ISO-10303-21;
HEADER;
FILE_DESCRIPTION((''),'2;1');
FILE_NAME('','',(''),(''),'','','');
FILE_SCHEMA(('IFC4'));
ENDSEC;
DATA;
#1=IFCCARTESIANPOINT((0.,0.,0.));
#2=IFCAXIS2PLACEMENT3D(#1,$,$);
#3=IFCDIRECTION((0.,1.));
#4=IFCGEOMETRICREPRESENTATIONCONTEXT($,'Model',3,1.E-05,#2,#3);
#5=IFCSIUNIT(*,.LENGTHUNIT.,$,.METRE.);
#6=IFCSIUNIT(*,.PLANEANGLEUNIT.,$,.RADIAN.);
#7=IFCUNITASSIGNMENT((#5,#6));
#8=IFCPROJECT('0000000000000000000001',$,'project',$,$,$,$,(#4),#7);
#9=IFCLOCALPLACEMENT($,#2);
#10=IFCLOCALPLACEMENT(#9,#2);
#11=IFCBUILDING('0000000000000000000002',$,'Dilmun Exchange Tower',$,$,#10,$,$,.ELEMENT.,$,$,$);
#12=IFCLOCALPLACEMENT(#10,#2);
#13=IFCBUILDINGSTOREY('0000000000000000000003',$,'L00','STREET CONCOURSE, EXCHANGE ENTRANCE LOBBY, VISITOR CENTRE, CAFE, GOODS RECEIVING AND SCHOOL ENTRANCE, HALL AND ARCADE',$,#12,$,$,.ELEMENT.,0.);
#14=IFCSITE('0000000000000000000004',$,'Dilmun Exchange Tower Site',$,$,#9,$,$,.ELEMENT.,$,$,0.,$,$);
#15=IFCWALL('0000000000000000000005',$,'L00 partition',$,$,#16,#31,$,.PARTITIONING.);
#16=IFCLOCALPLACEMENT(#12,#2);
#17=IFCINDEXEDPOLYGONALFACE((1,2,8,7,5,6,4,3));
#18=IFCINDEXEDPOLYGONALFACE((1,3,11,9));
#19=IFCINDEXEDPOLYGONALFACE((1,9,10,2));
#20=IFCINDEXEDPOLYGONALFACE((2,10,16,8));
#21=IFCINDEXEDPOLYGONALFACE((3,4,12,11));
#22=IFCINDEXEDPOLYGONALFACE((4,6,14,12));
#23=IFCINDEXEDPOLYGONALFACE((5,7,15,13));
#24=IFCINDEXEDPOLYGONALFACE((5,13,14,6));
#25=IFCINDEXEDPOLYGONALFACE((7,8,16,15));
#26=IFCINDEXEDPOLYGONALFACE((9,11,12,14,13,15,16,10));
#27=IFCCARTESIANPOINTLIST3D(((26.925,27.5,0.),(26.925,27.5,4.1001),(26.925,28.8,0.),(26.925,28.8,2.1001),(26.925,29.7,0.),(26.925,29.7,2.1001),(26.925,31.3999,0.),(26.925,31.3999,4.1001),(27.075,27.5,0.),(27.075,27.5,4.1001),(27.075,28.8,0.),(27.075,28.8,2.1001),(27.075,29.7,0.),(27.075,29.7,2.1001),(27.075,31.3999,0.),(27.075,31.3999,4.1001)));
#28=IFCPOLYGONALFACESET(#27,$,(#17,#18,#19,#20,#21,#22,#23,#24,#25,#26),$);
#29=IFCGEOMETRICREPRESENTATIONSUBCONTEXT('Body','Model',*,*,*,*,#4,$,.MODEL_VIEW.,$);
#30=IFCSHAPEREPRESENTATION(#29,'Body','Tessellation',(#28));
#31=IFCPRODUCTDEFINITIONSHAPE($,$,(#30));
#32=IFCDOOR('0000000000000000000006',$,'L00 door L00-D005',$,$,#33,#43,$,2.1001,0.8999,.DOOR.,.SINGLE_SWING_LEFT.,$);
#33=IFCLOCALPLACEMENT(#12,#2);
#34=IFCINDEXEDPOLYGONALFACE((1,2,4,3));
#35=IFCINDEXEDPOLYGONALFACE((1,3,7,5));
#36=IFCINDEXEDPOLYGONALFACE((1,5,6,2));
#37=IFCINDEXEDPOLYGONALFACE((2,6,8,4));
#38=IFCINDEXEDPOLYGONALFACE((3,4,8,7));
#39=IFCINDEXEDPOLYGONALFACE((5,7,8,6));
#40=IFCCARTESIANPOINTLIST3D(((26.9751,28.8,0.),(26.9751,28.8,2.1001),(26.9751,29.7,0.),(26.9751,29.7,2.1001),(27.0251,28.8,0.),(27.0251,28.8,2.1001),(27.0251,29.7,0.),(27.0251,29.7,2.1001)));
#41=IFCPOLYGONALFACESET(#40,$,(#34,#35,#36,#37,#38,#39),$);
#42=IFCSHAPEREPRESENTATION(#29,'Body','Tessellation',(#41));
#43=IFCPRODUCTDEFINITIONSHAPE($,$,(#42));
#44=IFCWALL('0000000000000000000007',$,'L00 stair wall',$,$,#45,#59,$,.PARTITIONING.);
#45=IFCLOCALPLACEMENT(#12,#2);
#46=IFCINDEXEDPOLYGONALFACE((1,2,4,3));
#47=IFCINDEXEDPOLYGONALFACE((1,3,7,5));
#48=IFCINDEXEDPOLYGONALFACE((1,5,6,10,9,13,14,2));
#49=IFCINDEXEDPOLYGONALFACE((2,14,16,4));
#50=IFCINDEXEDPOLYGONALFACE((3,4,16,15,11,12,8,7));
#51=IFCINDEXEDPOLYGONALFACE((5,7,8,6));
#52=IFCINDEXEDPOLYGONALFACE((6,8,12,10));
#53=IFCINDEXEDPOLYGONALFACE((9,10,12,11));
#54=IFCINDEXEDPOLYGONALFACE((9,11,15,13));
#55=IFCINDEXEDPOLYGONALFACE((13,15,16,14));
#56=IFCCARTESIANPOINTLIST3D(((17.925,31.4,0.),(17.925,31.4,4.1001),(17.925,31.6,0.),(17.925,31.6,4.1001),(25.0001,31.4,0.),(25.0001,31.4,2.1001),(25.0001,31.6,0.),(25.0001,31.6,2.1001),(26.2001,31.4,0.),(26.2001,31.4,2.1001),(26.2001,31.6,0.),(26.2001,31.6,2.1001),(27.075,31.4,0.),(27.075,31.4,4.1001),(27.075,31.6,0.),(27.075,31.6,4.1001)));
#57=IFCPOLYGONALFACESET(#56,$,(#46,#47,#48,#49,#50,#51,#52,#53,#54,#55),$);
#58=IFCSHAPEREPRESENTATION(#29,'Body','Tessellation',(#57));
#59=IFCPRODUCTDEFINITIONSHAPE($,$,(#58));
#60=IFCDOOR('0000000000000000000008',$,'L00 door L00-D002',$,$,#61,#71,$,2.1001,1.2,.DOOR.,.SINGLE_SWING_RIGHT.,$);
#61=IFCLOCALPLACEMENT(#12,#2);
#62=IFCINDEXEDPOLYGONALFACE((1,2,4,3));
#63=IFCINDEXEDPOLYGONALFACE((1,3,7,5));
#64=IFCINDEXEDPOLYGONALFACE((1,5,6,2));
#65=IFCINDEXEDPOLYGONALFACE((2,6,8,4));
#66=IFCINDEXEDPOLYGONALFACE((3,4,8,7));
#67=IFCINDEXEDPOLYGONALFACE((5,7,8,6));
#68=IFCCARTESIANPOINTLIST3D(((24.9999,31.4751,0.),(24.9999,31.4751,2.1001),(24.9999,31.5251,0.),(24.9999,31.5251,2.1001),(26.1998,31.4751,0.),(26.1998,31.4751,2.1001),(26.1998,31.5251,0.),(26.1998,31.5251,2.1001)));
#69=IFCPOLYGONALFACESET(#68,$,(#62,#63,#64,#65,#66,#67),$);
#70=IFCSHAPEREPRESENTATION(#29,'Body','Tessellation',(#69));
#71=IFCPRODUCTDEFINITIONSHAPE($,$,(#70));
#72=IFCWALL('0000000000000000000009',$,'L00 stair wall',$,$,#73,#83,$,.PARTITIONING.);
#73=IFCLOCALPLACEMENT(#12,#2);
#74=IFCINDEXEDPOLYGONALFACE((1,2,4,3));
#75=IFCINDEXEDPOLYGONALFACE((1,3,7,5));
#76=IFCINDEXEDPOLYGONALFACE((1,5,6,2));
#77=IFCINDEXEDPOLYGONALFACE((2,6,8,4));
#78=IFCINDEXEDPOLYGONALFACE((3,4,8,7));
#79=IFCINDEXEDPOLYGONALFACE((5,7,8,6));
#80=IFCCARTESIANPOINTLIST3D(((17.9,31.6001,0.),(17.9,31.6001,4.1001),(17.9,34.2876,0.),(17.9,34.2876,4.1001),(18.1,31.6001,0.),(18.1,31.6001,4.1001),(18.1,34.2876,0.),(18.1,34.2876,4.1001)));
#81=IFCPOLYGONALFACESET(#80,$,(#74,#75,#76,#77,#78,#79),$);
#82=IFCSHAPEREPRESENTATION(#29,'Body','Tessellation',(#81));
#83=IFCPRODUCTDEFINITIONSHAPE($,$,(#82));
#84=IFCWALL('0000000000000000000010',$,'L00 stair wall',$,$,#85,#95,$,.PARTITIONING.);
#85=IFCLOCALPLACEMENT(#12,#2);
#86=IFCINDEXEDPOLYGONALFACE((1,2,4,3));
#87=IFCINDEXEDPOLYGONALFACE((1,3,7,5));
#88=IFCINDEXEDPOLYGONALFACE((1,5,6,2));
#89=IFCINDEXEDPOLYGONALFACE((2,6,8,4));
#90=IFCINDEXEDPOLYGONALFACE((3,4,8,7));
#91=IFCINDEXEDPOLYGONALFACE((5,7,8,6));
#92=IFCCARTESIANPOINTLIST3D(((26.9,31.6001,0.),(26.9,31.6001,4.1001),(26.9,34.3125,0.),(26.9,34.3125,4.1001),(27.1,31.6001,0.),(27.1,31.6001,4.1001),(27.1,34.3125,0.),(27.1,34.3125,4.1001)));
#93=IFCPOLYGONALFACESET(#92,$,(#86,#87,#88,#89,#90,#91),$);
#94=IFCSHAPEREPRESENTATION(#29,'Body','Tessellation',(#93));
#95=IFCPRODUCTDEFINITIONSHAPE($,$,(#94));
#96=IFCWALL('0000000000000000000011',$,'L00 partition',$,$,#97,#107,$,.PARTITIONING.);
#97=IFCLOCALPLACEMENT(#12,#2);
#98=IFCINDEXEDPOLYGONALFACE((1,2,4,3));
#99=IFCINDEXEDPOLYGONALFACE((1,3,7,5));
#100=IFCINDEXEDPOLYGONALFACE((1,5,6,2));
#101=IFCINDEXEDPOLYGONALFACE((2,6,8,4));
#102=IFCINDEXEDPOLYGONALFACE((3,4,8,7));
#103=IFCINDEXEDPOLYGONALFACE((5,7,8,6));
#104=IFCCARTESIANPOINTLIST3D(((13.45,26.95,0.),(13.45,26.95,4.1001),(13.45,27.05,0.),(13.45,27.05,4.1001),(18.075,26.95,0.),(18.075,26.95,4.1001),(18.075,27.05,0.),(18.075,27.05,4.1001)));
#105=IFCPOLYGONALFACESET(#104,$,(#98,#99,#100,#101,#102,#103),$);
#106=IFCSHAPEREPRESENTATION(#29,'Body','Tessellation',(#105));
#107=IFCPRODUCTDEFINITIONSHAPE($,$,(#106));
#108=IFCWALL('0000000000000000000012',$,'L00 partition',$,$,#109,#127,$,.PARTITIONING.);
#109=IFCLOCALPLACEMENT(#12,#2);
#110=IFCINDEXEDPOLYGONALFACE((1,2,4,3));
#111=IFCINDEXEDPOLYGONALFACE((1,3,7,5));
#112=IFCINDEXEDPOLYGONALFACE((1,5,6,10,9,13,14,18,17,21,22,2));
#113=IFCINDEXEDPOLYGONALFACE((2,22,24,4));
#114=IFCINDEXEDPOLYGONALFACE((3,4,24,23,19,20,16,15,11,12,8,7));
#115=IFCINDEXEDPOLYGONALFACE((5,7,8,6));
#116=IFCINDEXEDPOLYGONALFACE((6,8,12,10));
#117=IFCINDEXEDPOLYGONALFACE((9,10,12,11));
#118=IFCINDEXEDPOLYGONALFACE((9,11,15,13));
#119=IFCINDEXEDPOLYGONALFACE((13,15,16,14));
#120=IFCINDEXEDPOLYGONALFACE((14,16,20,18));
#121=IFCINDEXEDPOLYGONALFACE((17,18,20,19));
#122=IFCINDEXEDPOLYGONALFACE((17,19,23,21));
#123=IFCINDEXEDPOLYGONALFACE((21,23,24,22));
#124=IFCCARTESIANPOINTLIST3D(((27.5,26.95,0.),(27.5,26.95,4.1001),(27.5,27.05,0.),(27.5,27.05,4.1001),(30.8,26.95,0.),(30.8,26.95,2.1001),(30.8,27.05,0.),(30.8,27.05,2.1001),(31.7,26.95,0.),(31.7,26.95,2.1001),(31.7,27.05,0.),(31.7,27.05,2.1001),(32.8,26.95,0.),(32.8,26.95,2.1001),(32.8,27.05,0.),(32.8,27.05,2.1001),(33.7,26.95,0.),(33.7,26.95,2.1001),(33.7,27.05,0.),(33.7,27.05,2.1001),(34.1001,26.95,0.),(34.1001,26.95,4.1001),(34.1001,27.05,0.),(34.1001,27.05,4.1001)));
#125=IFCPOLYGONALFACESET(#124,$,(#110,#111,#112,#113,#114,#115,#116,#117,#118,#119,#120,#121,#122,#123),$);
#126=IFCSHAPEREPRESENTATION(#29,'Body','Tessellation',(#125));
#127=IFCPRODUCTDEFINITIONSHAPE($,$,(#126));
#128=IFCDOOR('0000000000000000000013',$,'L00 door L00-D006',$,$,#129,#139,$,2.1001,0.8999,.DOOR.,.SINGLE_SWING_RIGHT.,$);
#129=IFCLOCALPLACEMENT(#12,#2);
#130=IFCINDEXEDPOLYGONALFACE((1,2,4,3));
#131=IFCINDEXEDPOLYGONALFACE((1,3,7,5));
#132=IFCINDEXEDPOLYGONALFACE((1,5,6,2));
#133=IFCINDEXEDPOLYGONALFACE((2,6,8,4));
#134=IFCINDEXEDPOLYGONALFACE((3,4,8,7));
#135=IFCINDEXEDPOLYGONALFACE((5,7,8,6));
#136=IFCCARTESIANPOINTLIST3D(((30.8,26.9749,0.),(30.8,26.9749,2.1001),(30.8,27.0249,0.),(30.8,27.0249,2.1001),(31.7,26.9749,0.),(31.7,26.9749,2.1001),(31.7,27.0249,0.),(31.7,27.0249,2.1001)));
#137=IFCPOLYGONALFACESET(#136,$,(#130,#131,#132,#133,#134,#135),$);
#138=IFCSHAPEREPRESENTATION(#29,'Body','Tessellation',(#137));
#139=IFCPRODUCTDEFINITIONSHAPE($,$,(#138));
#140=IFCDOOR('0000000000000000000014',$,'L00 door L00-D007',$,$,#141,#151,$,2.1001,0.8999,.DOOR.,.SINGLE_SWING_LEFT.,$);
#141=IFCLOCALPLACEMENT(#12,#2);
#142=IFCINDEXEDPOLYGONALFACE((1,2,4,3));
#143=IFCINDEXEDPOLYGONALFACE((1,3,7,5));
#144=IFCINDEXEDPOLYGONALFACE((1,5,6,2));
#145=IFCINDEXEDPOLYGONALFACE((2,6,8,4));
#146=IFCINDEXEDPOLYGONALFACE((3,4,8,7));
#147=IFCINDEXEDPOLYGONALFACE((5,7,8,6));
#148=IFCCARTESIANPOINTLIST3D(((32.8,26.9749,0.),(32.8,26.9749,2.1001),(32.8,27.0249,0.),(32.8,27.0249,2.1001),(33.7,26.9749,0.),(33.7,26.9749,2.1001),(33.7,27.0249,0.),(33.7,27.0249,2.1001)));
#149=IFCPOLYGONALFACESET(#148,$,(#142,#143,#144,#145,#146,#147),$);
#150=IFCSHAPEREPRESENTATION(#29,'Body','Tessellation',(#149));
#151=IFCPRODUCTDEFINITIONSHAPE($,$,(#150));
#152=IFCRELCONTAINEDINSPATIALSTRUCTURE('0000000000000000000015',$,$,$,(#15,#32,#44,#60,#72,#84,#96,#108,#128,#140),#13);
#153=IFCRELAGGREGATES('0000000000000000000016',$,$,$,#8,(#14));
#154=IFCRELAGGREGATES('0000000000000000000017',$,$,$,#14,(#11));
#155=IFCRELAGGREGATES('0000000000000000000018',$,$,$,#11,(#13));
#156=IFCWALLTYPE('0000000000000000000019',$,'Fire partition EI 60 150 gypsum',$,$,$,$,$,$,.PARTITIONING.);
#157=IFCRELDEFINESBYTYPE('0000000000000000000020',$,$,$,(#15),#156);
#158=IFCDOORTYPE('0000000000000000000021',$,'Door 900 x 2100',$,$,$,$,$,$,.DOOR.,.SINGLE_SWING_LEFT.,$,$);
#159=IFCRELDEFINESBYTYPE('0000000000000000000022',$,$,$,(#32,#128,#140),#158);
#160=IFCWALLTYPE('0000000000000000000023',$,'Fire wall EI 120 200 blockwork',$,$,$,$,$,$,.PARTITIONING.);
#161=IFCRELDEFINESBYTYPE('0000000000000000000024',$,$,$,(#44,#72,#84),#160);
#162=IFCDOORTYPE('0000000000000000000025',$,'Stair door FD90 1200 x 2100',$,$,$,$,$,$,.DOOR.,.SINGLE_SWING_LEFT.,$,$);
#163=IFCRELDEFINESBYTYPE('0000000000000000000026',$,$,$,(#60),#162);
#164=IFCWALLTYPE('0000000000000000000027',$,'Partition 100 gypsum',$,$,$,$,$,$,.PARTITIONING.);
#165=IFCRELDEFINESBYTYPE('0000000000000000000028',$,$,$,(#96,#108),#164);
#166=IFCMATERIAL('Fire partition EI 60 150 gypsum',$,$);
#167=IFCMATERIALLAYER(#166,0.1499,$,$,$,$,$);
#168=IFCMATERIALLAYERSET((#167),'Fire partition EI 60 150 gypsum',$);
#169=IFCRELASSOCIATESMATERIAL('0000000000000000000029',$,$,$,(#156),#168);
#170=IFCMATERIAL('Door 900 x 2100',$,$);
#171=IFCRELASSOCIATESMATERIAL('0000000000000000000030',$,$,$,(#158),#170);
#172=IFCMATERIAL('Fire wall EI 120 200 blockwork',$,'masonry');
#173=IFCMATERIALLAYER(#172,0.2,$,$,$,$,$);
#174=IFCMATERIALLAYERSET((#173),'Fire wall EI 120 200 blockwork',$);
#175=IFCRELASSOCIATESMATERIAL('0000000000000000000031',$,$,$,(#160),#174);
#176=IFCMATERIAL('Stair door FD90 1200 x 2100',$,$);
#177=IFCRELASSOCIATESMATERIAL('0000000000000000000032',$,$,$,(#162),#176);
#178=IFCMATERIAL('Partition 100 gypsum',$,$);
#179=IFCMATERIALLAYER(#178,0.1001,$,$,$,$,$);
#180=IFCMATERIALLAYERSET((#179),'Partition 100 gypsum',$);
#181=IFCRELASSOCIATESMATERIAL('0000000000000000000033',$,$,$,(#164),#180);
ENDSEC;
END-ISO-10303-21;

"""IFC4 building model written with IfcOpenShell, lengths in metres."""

from ifc_helpers import new_model, si_unit, direction, frame, frame_2d, origin, place, context, subcontext, project, spatial, rectangle, extrude, material, layer, layer_set, type_object, element, fill, save


model = new_model("IFC4")

# Units and contexts
model_context = context("Model", 3, precision=1e-05, world=origin(), true_north=direction((0.0, 1.0)))
body_context = subcontext(model_context, "Body", "Model", "MODEL_VIEW")
ifc_project = project(units=[si_unit("LENGTHUNIT", "METRE"), si_unit("PLANEANGLEUNIT", "RADIAN")], contexts=[model_context])

# Site, building, storey
site_placement = place(None, origin())
site = spatial("IfcSite", under=ifc_project, at=site_placement, Name="Dilmun Exchange Tower Site", CompositionType="ELEMENT", RefElevation=0.0)
building_placement = place(site_placement, origin())
building = spatial("IfcBuilding", under=site, at=building_placement, Name="Dilmun Exchange Tower", CompositionType="ELEMENT")
storey_placement = place(building_placement, origin())
storey = spatial("IfcBuildingStorey", under=building, at=storey_placement, Name="L00", Description="STREET CONCOURSE, EXCHANGE ENTRANCE LOBBY, VISITOR CENTRE, CAFE, GOODS RECEIVING AND SCHOOL ENTRANCE, HALL AND ARCADE", CompositionType="ELEMENT", Elevation=0.0)

# Shared definitions
ifc_material_1 = material(Name="Fire partition EI 60 150 gypsum")
ifc_layer_1 = layer(ifc_material_1, 0.1499)
ifc_layer_set_1 = layer_set([ifc_layer_1], Name="Fire partition EI 60 150 gypsum")
wall_type_1 = type_object("IfcWallType", Name="Fire partition EI 60 150 gypsum", PredefinedType="PARTITIONING", material=ifc_layer_set_1)

# Walls, openings, doors
wall_1_placement = place(storey_placement, frame((27.0, 27.5, 0.0), z_axis=(0.0, 0.0, 1.0), x_axis=(0.0, 1.0, 0.0)))
wall_1 = element("IfcWall", 1, at=wall_1_placement, inside=storey, type_object=wall_type_1, Name="L00 partition", PredefinedType="PARTITIONING", context=body_context, shape_type="SweptSolid", body=[
    extrude(rectangle(XDim=3.8999, YDim=0.1499, at=frame_2d((1.95, 0.0))), origin(), (0.0, 0.0, 1.0), 4.1001),
])
opening_1_placement = place(wall_1_placement, frame((1.3, 0.0, 0.0)))
opening_1 = element("IfcOpeningElement", 2, at=opening_1_placement, cuts=wall_1, PredefinedType="OPENING", context=body_context, shape_type="SweptSolid", body=[
    extrude(rectangle(XDim=0.8999, YDim=2.1001, at=frame_2d((0.45, 1.05))), frame((0.0, 0.085, 0.0), z_axis=(0.0, -1.0, 0.0), x_axis=(1.0, 0.0, 0.0)), (0.0, 0.0, 1.0), 0.1699),
])
ifc_material_2 = material(Name="Door 900 x 2100")
door_type_1 = type_object("IfcDoorType", Name="Door 900 x 2100", OperationType="SINGLE_SWING_LEFT", PredefinedType="DOOR", material=ifc_material_2)
door_1_placement = place(opening_1_placement, origin())
door_1 = element("IfcDoor", 3, at=door_1_placement, inside=storey, type_object=door_type_1, Name="L00 door L00-D005", OperationType="SINGLE_SWING_LEFT", OverallHeight=2.1001, OverallWidth=0.8999, PredefinedType="DOOR", context=body_context, shape_type="SweptSolid", body=[
    extrude(rectangle(XDim=0.8999, YDim=2.1001, at=frame_2d((0.45, 1.05))), frame((0.0, 0.0249, 0.0), z_axis=(0.0, -1.0, 0.0), x_axis=(1.0, 0.0, 0.0)), (0.0, 0.0, 1.0), 0.05),
])
fill(opening_1, door_1)
ifc_material_3 = material(Name="Fire wall EI 120 200 blockwork", Category="masonry")
ifc_layer_2 = layer(ifc_material_3, 0.2)
ifc_layer_set_2 = layer_set([ifc_layer_2], Name="Fire wall EI 120 200 blockwork")
wall_type_2 = type_object("IfcWallType", Name="Fire wall EI 120 200 blockwork", PredefinedType="PARTITIONING", material=ifc_layer_set_2)
wall_2_placement = place(storey_placement, frame((17.925, 31.5, 0.0), z_axis=(0.0, 0.0, 1.0), x_axis=(1.0, 0.0, 0.0)))
wall_2 = element("IfcWall", 4, at=wall_2_placement, inside=storey, type_object=wall_type_2, Name="L00 stair wall", PredefinedType="PARTITIONING", context=body_context, shape_type="SweptSolid", body=[
    extrude(rectangle(XDim=9.1499, YDim=0.2, at=frame_2d((4.575, 0.0))), origin(), (0.0, 0.0, 1.0), 4.1001),
])
opening_2_placement = place(wall_2_placement, frame((7.075, 0.0, 0.0)))
opening_2 = element("IfcOpeningElement", 5, at=opening_2_placement, cuts=wall_2, PredefinedType="OPENING", context=body_context, shape_type="SweptSolid", body=[
    extrude(rectangle(XDim=1.2, YDim=2.1001, at=frame_2d((0.6001, 1.05))), frame((0.0, 0.1099, 0.0), z_axis=(0.0, -1.0, 0.0), x_axis=(1.0, 0.0, 0.0)), (0.0, 0.0, 1.0), 0.22),
])
ifc_material_4 = material(Name="Stair door FD90 1200 x 2100")
door_type_2 = type_object("IfcDoorType", Name="Stair door FD90 1200 x 2100", OperationType="SINGLE_SWING_LEFT", PredefinedType="DOOR", material=ifc_material_4)
door_2_placement = place(opening_2_placement, frame((1.2, 0.0, 0.0), z_axis=(0.0, 0.0, 1.0), x_axis=(-1.0, 0.0, 0.0)))
door_2 = element("IfcDoor", 6, at=door_2_placement, inside=storey, type_object=door_type_2, Name="L00 door L00-D002", OperationType="SINGLE_SWING_RIGHT", OverallHeight=2.1001, OverallWidth=1.2, PredefinedType="DOOR", context=body_context, shape_type="SweptSolid", body=[
    extrude(rectangle(XDim=1.2, YDim=2.1001, at=frame_2d((0.6001, 1.05))), frame((0.0, 0.0249, 0.0), z_axis=(0.0, -1.0, 0.0), x_axis=(1.0, 0.0, 0.0)), (0.0, 0.0, 1.0), 0.05),
])
fill(opening_2, door_2)

# Walls
wall_3_placement = place(storey_placement, frame((18.0, 31.6001, 0.0), z_axis=(0.0, 0.0, 1.0), x_axis=(0.0, 1.0, 0.0)))
element("IfcWall", 7, at=wall_3_placement, inside=storey, type_object=wall_type_2, Name="L00 stair wall", PredefinedType="PARTITIONING", context=body_context, shape_type="SweptSolid", body=[
    extrude(rectangle(XDim=2.6875, YDim=0.2, at=frame_2d((1.3438, 0.0))), origin(), (0.0, 0.0, 1.0), 4.1001),
])
wall_4_placement = place(storey_placement, frame((27.0, 31.6001, 0.0), z_axis=(0.0, 0.0, 1.0), x_axis=(0.0, 1.0, 0.0)))
element("IfcWall", 8, at=wall_4_placement, inside=storey, type_object=wall_type_2, Name="L00 stair wall", PredefinedType="PARTITIONING", context=body_context, shape_type="SweptSolid", body=[
    extrude(rectangle(XDim=2.7124, YDim=0.2, at=frame_2d((1.3562, 0.0))), origin(), (0.0, 0.0, 1.0), 4.1001),
])
ifc_material_5 = material(Name="Partition 100 gypsum")
ifc_layer_3 = layer(ifc_material_5, 0.1001)
ifc_layer_set_3 = layer_set([ifc_layer_3], Name="Partition 100 gypsum")
wall_type_3 = type_object("IfcWallType", Name="Partition 100 gypsum", PredefinedType="PARTITIONING", material=ifc_layer_set_3)
wall_5_placement = place(storey_placement, frame((13.45, 27.0, 0.0), z_axis=(0.0, 0.0, 1.0), x_axis=(1.0, 0.0, 0.0)))
element("IfcWall", 9, at=wall_5_placement, inside=storey, type_object=wall_type_3, Name="L00 partition", PredefinedType="PARTITIONING", context=body_context, shape_type="SweptSolid", body=[
    extrude(rectangle(XDim=4.625, YDim=0.1001, at=frame_2d((2.3125, 0.0))), origin(), (0.0, 0.0, 1.0), 4.1001),
])

# Wall, openings, doors
wall_6_placement = place(storey_placement, frame((27.5, 27.0, 0.0), z_axis=(0.0, 0.0, 1.0), x_axis=(1.0, 0.0, 0.0)))
wall_6 = element("IfcWall", 10, at=wall_6_placement, inside=storey, type_object=wall_type_3, Name="L00 partition", PredefinedType="PARTITIONING", context=body_context, shape_type="SweptSolid", body=[
    extrude(rectangle(XDim=6.6001, YDim=0.1001, at=frame_2d((3.3, 0.0))), origin(), (0.0, 0.0, 1.0), 4.1001),
])
opening_3_placement = place(wall_6_placement, frame((3.3, 0.0, 0.0)))
opening_3 = element("IfcOpeningElement", 11, at=opening_3_placement, cuts=wall_6, PredefinedType="OPENING", context=body_context, shape_type="SweptSolid", body=[
    extrude(rectangle(XDim=0.8999, YDim=2.1001, at=frame_2d((0.45, 1.05))), frame((0.0, 0.0601, 0.0), z_axis=(0.0, -1.0, 0.0), x_axis=(1.0, 0.0, 0.0)), (0.0, 0.0, 1.0), 0.1201),
])
opening_4_placement = place(wall_6_placement, frame((5.3, 0.0, 0.0)))
opening_4 = element("IfcOpeningElement", 12, at=opening_4_placement, cuts=wall_6, PredefinedType="OPENING", context=body_context, shape_type="SweptSolid", body=[
    extrude(rectangle(XDim=0.8999, YDim=2.1001, at=frame_2d((0.45, 1.05))), frame((0.0, 0.0601, 0.0), z_axis=(0.0, -1.0, 0.0), x_axis=(1.0, 0.0, 0.0)), (0.0, 0.0, 1.0), 0.1201),
])
door_3_placement = place(opening_3_placement, origin())
door_3 = element("IfcDoor", 13, at=door_3_placement, inside=storey, type_object=door_type_1, Name="L00 door L00-D006", OperationType="SINGLE_SWING_RIGHT", OverallHeight=2.1001, OverallWidth=0.8999, PredefinedType="DOOR", context=body_context, shape_type="SweptSolid", body=[
    extrude(rectangle(XDim=0.8999, YDim=2.1001, at=frame_2d((0.45, 1.05))), frame((0.0, 0.0249, 0.0), z_axis=(0.0, -1.0, 0.0), x_axis=(1.0, 0.0, 0.0)), (0.0, 0.0, 1.0), 0.05),
])
fill(opening_3, door_3)
door_4_placement = place(opening_4_placement, origin())
door_4 = element("IfcDoor", 14, at=door_4_placement, inside=storey, type_object=door_type_1, Name="L00 door L00-D007", OperationType="SINGLE_SWING_LEFT", OverallHeight=2.1001, OverallWidth=0.8999, PredefinedType="DOOR", context=body_context, shape_type="SweptSolid", body=[
    extrude(rectangle(XDim=0.8999, YDim=2.1001, at=frame_2d((0.45, 1.05))), frame((0.0, 0.0249, 0.0), z_axis=(0.0, -1.0, 0.0), x_axis=(1.0, 0.0, 0.0)), (0.0, 0.0, 1.0), 0.05),
])
fill(opening_4, door_4)

save(model, "model.ifc")
